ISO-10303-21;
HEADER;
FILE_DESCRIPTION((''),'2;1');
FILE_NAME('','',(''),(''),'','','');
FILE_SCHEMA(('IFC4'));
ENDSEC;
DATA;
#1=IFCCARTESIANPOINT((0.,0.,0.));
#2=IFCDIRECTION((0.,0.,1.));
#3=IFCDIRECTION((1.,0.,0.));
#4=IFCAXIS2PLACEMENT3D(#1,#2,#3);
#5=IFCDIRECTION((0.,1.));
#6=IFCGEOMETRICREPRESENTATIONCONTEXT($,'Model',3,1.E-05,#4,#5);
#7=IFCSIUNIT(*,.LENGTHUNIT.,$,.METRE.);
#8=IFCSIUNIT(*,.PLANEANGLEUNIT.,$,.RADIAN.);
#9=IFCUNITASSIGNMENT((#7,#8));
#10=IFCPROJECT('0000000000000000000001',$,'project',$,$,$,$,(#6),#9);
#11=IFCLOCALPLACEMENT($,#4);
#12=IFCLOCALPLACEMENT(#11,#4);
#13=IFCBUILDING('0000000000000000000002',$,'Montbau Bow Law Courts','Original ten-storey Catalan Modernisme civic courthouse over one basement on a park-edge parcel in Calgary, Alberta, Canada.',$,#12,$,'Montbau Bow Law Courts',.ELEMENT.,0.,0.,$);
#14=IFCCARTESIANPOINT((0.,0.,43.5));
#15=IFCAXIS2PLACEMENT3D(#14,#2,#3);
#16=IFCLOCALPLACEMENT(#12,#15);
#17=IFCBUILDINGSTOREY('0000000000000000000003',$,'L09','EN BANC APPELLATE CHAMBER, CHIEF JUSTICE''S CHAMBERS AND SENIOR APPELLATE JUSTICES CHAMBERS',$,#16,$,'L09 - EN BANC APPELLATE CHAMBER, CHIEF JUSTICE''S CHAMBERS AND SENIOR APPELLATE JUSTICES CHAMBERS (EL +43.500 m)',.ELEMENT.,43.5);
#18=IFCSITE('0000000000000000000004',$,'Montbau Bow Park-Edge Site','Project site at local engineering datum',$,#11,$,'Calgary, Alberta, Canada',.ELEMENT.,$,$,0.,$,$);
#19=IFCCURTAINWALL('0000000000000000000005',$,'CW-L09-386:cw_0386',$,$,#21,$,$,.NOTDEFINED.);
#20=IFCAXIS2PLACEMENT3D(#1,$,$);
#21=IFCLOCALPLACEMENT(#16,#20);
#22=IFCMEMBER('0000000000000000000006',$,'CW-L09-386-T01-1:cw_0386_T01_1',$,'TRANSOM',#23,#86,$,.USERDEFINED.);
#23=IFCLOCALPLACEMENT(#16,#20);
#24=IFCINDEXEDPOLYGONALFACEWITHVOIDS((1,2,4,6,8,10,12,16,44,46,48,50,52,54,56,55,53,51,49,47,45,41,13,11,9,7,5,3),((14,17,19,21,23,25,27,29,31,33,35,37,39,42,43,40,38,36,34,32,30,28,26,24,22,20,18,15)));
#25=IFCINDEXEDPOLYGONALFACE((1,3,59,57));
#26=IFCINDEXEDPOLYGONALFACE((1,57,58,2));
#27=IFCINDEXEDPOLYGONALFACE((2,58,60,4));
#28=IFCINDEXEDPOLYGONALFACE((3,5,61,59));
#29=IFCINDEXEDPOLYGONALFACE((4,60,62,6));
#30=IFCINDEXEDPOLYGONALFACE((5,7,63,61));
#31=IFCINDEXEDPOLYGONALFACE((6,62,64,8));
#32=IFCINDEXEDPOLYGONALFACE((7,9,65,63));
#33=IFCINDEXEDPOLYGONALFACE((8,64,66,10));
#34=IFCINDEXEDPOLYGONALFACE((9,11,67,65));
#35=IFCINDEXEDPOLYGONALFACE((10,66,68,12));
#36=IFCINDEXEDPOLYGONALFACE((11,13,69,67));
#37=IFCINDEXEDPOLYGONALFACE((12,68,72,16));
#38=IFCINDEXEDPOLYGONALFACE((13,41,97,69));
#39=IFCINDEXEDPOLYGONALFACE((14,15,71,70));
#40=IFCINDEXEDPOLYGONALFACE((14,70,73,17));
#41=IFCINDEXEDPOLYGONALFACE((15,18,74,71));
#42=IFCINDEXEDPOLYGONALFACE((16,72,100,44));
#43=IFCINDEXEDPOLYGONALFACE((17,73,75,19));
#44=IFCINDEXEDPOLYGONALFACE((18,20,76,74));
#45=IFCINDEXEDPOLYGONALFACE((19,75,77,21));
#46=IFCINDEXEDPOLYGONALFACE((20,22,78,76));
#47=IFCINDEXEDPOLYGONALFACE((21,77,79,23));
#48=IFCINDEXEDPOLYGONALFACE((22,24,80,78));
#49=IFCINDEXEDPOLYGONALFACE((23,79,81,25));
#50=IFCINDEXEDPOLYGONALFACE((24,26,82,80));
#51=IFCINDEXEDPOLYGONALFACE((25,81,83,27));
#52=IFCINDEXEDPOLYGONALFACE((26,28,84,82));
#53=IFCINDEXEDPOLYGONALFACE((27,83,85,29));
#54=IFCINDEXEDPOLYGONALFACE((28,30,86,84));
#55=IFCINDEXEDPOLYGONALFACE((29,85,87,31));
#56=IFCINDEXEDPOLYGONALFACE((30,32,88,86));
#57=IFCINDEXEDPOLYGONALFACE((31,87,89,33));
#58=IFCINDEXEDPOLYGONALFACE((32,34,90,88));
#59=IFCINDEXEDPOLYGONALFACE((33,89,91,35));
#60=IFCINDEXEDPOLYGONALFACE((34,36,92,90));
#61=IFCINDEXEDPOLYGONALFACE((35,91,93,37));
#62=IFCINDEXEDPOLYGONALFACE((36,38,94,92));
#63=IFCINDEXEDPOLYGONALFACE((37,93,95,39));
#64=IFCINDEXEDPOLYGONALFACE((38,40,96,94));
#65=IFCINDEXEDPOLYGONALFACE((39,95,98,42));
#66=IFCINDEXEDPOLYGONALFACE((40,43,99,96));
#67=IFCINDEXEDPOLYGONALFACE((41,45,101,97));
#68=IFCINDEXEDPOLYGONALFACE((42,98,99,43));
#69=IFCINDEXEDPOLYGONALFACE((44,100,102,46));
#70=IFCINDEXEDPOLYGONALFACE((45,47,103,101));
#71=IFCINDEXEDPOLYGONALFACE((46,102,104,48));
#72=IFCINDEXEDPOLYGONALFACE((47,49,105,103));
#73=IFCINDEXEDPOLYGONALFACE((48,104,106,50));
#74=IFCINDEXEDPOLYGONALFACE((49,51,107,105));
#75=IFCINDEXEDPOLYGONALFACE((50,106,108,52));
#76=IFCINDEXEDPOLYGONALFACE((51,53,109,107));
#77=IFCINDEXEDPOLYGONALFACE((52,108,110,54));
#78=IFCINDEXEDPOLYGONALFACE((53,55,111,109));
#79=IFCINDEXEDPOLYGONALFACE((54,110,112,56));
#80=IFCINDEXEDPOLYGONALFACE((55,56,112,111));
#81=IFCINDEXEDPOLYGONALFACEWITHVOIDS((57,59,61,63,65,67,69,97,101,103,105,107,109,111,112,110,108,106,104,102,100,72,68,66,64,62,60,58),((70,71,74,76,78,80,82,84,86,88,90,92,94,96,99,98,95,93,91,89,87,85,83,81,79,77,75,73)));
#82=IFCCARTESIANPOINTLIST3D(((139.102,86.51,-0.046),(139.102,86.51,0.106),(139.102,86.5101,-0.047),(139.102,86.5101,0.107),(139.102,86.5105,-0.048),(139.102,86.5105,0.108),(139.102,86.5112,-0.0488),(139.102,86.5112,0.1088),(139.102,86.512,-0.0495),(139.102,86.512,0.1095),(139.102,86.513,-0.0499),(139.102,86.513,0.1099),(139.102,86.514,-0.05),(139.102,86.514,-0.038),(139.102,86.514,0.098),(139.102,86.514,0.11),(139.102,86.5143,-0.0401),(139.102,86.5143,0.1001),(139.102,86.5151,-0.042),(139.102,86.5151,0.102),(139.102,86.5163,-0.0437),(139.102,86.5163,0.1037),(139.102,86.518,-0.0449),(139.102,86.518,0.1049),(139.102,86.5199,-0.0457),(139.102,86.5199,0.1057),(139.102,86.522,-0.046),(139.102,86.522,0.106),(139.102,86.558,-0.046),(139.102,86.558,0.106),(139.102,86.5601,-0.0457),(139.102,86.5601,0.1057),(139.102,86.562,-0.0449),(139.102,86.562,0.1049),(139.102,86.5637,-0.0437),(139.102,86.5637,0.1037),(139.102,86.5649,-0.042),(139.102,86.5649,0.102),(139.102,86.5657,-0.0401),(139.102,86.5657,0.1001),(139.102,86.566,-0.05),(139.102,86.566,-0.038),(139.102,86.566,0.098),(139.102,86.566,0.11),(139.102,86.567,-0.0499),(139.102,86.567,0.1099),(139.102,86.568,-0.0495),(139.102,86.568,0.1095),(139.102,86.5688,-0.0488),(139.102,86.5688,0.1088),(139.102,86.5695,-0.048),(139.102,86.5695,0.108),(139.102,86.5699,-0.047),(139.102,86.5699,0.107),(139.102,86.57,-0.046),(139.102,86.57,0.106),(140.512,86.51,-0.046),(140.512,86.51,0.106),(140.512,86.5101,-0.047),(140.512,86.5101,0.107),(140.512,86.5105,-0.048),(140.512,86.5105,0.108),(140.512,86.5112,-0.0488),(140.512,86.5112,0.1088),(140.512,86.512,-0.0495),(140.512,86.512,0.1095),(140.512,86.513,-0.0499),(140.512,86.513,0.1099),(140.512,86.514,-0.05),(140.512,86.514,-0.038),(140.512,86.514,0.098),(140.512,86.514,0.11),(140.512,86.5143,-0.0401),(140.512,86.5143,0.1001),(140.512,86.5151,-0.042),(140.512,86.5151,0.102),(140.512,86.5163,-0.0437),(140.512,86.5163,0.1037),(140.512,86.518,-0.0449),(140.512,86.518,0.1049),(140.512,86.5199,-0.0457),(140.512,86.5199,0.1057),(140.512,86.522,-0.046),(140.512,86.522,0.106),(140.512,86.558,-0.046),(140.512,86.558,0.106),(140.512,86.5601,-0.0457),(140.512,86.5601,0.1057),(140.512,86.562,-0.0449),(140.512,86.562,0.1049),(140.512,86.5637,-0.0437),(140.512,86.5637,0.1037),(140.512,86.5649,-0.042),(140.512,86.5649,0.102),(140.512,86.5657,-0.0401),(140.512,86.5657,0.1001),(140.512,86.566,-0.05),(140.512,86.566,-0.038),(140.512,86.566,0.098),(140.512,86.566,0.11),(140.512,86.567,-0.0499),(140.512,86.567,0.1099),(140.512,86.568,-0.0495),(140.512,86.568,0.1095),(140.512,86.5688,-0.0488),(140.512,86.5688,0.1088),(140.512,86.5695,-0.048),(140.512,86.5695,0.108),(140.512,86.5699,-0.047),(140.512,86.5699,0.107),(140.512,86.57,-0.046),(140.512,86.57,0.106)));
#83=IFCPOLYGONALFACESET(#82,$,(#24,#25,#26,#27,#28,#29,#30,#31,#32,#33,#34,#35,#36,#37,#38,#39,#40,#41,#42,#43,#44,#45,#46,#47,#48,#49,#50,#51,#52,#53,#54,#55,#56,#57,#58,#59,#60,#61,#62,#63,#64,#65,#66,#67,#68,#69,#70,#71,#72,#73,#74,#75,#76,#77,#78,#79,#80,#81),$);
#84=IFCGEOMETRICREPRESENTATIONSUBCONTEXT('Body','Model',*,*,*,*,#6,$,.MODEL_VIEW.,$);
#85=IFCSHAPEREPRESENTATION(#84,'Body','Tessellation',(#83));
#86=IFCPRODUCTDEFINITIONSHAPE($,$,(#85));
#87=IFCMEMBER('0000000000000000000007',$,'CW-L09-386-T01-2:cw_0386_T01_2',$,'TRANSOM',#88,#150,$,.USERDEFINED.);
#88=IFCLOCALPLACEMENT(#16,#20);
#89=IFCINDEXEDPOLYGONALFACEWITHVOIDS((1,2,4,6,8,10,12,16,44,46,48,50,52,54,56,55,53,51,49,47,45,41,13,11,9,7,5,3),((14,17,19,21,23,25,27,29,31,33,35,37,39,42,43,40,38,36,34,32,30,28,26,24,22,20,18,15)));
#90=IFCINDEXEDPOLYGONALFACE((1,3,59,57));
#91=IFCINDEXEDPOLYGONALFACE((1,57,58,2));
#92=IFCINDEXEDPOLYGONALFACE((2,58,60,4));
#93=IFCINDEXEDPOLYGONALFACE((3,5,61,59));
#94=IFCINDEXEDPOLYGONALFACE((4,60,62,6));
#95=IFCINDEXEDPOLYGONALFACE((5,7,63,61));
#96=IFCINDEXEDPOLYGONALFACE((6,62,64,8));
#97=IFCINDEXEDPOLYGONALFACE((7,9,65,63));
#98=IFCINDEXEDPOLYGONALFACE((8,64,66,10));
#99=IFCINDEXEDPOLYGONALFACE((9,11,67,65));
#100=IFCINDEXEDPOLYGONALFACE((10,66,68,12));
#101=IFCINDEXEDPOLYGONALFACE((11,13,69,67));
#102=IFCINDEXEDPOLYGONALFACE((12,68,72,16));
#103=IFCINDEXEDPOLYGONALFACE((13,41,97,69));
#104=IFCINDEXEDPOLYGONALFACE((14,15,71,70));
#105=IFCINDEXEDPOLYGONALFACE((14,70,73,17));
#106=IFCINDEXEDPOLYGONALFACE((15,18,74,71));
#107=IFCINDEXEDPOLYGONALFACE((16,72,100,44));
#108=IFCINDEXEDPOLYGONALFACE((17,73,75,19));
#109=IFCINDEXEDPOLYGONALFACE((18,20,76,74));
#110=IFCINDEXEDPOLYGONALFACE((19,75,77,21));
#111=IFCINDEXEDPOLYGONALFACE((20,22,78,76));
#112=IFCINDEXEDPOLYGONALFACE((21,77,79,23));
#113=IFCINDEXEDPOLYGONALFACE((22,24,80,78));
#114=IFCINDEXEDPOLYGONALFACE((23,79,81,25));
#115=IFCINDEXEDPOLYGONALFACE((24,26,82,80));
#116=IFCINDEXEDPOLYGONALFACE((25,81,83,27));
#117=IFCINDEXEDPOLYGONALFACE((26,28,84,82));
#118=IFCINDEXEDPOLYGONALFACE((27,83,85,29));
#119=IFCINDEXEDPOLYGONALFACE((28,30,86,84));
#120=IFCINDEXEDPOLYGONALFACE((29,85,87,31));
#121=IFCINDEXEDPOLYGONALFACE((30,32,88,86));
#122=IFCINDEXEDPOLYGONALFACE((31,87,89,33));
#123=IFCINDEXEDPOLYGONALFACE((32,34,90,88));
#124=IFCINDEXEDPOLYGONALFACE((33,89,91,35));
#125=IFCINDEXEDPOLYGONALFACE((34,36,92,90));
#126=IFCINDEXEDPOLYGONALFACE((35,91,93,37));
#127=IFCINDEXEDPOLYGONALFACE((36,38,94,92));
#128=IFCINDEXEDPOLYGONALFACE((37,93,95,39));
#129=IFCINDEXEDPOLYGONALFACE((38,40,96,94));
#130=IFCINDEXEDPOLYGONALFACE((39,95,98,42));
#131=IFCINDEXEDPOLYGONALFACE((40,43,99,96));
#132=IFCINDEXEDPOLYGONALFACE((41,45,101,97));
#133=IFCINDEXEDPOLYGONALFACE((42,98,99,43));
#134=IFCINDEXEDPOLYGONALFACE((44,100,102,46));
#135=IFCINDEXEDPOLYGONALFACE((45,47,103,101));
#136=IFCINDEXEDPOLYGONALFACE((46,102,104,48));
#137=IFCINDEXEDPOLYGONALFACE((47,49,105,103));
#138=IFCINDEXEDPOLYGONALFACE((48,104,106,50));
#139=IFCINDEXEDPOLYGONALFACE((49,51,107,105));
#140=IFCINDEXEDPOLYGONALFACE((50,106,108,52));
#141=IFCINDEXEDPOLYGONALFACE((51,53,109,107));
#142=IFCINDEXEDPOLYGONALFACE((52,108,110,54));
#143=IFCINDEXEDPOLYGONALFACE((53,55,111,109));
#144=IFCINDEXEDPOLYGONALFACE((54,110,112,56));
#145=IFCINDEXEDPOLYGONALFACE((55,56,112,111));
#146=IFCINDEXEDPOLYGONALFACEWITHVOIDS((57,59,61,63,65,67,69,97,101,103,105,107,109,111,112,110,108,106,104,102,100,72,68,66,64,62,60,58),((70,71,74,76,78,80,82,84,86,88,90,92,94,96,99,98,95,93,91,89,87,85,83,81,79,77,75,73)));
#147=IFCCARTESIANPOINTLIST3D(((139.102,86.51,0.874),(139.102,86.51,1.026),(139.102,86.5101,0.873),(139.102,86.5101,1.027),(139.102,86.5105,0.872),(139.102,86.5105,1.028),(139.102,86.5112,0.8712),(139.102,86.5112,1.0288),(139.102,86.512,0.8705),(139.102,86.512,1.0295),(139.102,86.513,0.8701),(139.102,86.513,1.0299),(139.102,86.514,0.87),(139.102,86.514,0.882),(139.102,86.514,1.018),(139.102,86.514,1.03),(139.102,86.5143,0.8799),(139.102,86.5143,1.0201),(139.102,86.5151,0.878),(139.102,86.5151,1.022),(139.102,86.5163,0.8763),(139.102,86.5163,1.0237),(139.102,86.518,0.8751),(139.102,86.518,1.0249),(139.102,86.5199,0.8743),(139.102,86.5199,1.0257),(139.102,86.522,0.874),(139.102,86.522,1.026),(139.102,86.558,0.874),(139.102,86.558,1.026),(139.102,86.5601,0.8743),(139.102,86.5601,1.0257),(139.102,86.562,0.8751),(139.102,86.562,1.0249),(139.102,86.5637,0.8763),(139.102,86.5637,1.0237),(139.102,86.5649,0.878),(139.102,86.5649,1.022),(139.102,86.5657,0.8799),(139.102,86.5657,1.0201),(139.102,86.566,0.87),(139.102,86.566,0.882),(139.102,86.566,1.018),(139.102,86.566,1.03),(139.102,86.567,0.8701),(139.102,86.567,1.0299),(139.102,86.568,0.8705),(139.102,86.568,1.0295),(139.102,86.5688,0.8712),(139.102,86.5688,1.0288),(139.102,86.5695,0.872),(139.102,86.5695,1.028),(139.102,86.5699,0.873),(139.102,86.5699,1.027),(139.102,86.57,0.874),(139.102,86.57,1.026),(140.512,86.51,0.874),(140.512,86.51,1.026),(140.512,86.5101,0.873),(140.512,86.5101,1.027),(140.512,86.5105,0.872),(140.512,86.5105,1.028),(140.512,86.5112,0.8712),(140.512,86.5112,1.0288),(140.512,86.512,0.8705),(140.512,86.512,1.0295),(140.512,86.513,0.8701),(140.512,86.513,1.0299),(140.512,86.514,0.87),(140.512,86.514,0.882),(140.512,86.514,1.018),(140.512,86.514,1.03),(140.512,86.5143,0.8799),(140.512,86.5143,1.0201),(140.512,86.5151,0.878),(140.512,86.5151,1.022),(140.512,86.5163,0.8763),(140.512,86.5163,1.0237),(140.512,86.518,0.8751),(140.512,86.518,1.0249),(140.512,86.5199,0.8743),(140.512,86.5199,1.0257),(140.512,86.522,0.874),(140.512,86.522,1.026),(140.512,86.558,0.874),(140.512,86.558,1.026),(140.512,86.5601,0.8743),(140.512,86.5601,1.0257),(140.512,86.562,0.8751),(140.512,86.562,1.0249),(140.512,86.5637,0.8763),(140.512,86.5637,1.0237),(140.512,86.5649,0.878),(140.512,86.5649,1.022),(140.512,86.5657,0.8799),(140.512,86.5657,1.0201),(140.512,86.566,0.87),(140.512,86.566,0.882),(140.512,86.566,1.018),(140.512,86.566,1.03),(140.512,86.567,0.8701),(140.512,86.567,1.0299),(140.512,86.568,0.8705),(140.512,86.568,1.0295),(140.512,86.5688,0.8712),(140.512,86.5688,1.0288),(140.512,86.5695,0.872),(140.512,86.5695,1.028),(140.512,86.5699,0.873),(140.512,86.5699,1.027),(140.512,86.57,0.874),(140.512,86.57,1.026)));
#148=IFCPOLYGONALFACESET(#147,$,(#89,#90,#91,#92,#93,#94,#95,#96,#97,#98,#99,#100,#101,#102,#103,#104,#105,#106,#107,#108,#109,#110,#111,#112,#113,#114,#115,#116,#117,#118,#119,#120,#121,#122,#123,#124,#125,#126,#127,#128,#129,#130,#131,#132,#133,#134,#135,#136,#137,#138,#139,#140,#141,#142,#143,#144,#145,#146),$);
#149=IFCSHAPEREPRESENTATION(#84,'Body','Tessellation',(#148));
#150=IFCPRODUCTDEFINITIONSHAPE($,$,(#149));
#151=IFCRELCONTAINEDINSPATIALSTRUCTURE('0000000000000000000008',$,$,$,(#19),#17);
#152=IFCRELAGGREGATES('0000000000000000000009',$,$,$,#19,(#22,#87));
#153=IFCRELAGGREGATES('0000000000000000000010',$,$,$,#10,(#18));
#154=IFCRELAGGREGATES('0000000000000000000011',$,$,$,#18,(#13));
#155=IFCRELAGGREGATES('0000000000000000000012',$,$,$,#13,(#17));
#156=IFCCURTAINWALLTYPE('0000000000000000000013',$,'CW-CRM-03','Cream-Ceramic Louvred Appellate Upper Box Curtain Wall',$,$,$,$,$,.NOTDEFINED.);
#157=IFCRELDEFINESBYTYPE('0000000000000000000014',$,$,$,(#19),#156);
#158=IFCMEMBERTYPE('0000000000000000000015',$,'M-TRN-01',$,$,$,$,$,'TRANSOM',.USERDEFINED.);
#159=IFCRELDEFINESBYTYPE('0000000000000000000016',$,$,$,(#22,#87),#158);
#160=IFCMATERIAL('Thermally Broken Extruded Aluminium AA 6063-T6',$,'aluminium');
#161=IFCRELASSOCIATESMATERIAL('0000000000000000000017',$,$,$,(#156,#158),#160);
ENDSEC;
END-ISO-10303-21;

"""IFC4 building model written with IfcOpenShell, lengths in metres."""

from ifc_helpers import new_model, si_unit, direction, frame, origin_with_axes, origin_2d_with_axis, place, context, subcontext, project, spatial, hollow_rectangle, extrude, material, material_profile, profile_set, type_object, element, aggregate, save


model = new_model("IFC4")

# Units and contexts
model_context = context("Model", 3, precision=1e-05, world=origin_with_axes(), true_north=direction((0.0, 1.0)))
body_context = subcontext(model_context, "Body", "Model", "MODEL_VIEW")
ifc_project = project(units=[si_unit("LENGTHUNIT", "METRE"), si_unit("PLANEANGLEUNIT", "RADIAN")], contexts=[model_context])

# Site, building, storey
site_placement = place(None, origin_with_axes())
site = spatial("IfcSite", under=ifc_project, at=site_placement, Name="Montbau Bow Park-Edge Site", Description="Project site at local engineering datum", LongName="Calgary, Alberta, Canada", CompositionType="ELEMENT", RefElevation=0.0)
building_placement = place(site_placement, origin_with_axes())
building = spatial("IfcBuilding", under=site, at=building_placement, Name="Montbau Bow Law Courts", Description="Original ten-storey Catalan Modernisme civic courthouse over one basement on a park-edge parcel in Calgary, Alberta, Canada.", LongName="Montbau Bow Law Courts", CompositionType="ELEMENT", ElevationOfRefHeight=0.0, ElevationOfTerrain=0.0)
storey_placement = place(building_placement, frame((0.0, 0.0, 43.5), z_axis=(0.0, 0.0, 1.0), x_axis=(1.0, 0.0, 0.0)))
storey = spatial("IfcBuildingStorey", under=building, at=storey_placement, Name="L09", Description="EN BANC APPELLATE CHAMBER, CHIEF JUSTICE'S CHAMBERS AND SENIOR APPELLATE JUSTICES CHAMBERS", LongName="L09 - EN BANC APPELLATE CHAMBER, CHIEF JUSTICE'S CHAMBERS AND SENIOR APPELLATE JUSTICES CHAMBERS (EL +43.500 m)", CompositionType="ELEMENT", Elevation=43.5)

# Curtain wall, members
ifc_material_1 = material(Name="Thermally Broken Extruded Aluminium AA 6063-T6", Category="aluminium")
curtain_wall_type = type_object("IfcCurtainWallType", Name="CW-CRM-03", Description="Cream-Ceramic Louvred Appellate Upper Box Curtain Wall", PredefinedType="NOTDEFINED", material=ifc_material_1)
curtain_wall_placement = place(None, frame((139.04, 86.54, 43.5), z_axis=(0.0, 0.0, 1.0), x_axis=(1.0, 0.0, 0.0)))
curtain_wall = element("IfcCurtainWall", 1, at=curtain_wall_placement, inside=storey, type_object=curtain_wall_type, Name="CW-L09-386:cw_0386", PredefinedType="NOTDEFINED")
ifc_material_profile_1 = material_profile(ifc_material_1, hollow_rectangle(XDim=0.06, YDim=0.16, WallThickness=0.004, InnerFilletRadius=0.008, OuterFilletRadius=0.004, at=origin_2d_with_axis()), Name="CWT-160X60", Category="Main", Priority=0)
ifc_profile_set_1 = profile_set([ifc_material_profile_1], Name="Thermally Broken Extruded Aluminium AA 6063-T6")
member_type_1 = type_object("IfcMemberType", Name="M-TRN-01", ElementType="TRANSOM", PredefinedType="USERDEFINED", material=ifc_profile_set_1)
member_1_placement = place(None, frame((139.102, 86.54, 43.53), z_axis=(1.0, 0.0, 0.0), x_axis=(0.0, 1.0, 0.0)))
member_1 = element("IfcMember", 2, at=member_1_placement, type_object=member_type_1, Name="CW-L09-386-T01-1:cw_0386_T01_1", ObjectType="TRANSOM", PredefinedType="USERDEFINED", context=body_context, shape_type="SweptSolid", body=[
    extrude(hollow_rectangle(XDim=0.06, YDim=0.16, WallThickness=0.004, InnerFilletRadius=0.008, OuterFilletRadius=0.004, at=origin_2d_with_axis()), origin_with_axes(), (0.0, 0.0, 1.0), 1.41),
])
member_2_placement = place(None, frame((139.102, 86.54, 44.45), z_axis=(1.0, 0.0, 0.0), x_axis=(0.0, 1.0, 0.0)))
member_2 = element("IfcMember", 3, at=member_2_placement, type_object=member_type_1, Name="CW-L09-386-T01-2:cw_0386_T01_2", ObjectType="TRANSOM", PredefinedType="USERDEFINED", context=body_context, shape_type="SweptSolid", body=[
    extrude(hollow_rectangle(XDim=0.06, YDim=0.16, WallThickness=0.004, InnerFilletRadius=0.008, OuterFilletRadius=0.004, at=origin_2d_with_axis()), origin_with_axes(), (0.0, 0.0, 1.0), 1.41),
])
aggregate(curtain_wall, [member_1, member_2])

save(model, "model.ifc")
